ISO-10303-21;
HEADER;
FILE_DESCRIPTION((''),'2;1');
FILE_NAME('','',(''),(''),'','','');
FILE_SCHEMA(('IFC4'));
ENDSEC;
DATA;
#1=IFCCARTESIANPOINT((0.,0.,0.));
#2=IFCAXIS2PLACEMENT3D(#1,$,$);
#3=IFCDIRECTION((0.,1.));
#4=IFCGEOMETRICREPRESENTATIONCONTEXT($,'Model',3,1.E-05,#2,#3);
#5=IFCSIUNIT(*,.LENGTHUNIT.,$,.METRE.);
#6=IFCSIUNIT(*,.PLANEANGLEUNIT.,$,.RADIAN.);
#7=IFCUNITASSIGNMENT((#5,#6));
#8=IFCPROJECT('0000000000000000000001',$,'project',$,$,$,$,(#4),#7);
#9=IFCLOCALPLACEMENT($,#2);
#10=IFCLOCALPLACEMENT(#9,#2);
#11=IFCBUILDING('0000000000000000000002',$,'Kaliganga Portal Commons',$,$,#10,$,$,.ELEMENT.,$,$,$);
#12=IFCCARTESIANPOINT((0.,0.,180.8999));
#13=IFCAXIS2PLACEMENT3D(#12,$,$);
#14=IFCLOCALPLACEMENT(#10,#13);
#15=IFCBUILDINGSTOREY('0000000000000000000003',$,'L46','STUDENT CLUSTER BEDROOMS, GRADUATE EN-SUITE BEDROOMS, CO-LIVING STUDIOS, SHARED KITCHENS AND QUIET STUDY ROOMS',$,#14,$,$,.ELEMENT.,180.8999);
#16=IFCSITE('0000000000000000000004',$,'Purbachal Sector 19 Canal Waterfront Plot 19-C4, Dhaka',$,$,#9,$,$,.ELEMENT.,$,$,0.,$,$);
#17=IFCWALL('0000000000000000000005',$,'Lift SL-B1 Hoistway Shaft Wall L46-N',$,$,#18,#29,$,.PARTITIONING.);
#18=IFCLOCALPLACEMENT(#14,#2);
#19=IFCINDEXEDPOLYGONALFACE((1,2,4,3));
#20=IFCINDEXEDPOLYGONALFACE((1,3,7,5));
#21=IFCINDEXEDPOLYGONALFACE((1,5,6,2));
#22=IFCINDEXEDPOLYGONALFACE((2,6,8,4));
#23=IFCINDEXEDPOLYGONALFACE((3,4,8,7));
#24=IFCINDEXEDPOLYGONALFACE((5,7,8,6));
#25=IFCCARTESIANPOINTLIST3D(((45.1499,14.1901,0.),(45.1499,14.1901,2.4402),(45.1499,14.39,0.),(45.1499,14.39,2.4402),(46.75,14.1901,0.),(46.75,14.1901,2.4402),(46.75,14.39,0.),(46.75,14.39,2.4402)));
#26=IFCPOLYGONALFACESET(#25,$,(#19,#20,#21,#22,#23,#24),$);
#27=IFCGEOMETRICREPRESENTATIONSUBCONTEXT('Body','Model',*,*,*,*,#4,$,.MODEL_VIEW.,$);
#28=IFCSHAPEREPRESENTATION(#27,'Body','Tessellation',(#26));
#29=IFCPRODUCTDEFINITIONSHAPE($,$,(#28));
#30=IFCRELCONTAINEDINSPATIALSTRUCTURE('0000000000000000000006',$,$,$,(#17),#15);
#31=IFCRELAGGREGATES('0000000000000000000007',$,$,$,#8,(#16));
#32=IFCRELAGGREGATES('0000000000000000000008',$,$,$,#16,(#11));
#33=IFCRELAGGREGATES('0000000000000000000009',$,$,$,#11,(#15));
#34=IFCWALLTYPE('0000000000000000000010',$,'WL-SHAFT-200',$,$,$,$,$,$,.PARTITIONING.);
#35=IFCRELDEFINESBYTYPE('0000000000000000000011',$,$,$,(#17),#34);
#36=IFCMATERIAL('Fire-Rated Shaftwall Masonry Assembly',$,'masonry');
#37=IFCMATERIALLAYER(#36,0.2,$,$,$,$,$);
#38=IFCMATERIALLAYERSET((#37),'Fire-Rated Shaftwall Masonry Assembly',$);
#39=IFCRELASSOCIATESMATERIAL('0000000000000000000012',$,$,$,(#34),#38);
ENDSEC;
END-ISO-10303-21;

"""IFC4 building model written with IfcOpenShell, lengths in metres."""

from ifc_helpers import new_model, si_unit, direction, frame, frame_2d, origin, place, context, subcontext, project, spatial, rectangle, extrude, material, layer, layer_set, type_object, element, save


model = new_model("IFC4")

# Units and contexts
model_context = context("Model", 3, precision=1e-05, world=origin(), true_north=direction((0.0, 1.0)))
body_context = subcontext(model_context, "Body", "Model", "MODEL_VIEW")
ifc_project = project(units=[si_unit("LENGTHUNIT", "METRE"), si_unit("PLANEANGLEUNIT", "RADIAN")], contexts=[model_context])

# Site, building, storey
site_placement = place(None, origin())
site = spatial("IfcSite", under=ifc_project, at=site_placement, Name="Purbachal Sector 19 Canal Waterfront Plot 19-C4, Dhaka", CompositionType="ELEMENT", RefElevation=0.0)
building_placement = place(site_placement, origin())
building = spatial("IfcBuilding", under=site, at=building_placement, Name="Kaliganga Portal Commons", CompositionType="ELEMENT")
storey_placement = place(building_placement, frame((0.0, 0.0, 180.8999)))
storey = spatial("IfcBuildingStorey", under=building, at=storey_placement, Name="L46", Description="STUDENT CLUSTER BEDROOMS, GRADUATE EN-SUITE BEDROOMS, CO-LIVING STUDIOS, SHARED KITCHENS AND QUIET STUDY ROOMS", CompositionType="ELEMENT", Elevation=180.8999)

# Shared definitions
ifc_material_1 = material(Name="Fire-Rated Shaftwall Masonry Assembly", Category="masonry")
ifc_layer_1 = layer(ifc_material_1, 0.2)
ifc_layer_set_1 = layer_set([ifc_layer_1], Name="Fire-Rated Shaftwall Masonry Assembly")
wall_type_1 = type_object("IfcWallType", Name="WL-SHAFT-200", PredefinedType="PARTITIONING", material=ifc_layer_set_1)

# Wall
wall_1_placement = place(storey_placement, frame((45.1499, 14.29, 0.0), z_axis=(0.0, 0.0, 1.0), x_axis=(1.0, 0.0, 0.0)))
element("IfcWall", 1, at=wall_1_placement, inside=storey, type_object=wall_type_1, Name="Lift SL-B1 Hoistway Shaft Wall L46-N", PredefinedType="PARTITIONING", context=body_context, shape_type="SweptSolid", body=[
    extrude(rectangle(XDim=1.6001, YDim=0.2, at=frame_2d((0.8, 0.0))), origin(), (0.0, 0.0, 1.0), 2.4402),
])

save(model, "model.ifc")
